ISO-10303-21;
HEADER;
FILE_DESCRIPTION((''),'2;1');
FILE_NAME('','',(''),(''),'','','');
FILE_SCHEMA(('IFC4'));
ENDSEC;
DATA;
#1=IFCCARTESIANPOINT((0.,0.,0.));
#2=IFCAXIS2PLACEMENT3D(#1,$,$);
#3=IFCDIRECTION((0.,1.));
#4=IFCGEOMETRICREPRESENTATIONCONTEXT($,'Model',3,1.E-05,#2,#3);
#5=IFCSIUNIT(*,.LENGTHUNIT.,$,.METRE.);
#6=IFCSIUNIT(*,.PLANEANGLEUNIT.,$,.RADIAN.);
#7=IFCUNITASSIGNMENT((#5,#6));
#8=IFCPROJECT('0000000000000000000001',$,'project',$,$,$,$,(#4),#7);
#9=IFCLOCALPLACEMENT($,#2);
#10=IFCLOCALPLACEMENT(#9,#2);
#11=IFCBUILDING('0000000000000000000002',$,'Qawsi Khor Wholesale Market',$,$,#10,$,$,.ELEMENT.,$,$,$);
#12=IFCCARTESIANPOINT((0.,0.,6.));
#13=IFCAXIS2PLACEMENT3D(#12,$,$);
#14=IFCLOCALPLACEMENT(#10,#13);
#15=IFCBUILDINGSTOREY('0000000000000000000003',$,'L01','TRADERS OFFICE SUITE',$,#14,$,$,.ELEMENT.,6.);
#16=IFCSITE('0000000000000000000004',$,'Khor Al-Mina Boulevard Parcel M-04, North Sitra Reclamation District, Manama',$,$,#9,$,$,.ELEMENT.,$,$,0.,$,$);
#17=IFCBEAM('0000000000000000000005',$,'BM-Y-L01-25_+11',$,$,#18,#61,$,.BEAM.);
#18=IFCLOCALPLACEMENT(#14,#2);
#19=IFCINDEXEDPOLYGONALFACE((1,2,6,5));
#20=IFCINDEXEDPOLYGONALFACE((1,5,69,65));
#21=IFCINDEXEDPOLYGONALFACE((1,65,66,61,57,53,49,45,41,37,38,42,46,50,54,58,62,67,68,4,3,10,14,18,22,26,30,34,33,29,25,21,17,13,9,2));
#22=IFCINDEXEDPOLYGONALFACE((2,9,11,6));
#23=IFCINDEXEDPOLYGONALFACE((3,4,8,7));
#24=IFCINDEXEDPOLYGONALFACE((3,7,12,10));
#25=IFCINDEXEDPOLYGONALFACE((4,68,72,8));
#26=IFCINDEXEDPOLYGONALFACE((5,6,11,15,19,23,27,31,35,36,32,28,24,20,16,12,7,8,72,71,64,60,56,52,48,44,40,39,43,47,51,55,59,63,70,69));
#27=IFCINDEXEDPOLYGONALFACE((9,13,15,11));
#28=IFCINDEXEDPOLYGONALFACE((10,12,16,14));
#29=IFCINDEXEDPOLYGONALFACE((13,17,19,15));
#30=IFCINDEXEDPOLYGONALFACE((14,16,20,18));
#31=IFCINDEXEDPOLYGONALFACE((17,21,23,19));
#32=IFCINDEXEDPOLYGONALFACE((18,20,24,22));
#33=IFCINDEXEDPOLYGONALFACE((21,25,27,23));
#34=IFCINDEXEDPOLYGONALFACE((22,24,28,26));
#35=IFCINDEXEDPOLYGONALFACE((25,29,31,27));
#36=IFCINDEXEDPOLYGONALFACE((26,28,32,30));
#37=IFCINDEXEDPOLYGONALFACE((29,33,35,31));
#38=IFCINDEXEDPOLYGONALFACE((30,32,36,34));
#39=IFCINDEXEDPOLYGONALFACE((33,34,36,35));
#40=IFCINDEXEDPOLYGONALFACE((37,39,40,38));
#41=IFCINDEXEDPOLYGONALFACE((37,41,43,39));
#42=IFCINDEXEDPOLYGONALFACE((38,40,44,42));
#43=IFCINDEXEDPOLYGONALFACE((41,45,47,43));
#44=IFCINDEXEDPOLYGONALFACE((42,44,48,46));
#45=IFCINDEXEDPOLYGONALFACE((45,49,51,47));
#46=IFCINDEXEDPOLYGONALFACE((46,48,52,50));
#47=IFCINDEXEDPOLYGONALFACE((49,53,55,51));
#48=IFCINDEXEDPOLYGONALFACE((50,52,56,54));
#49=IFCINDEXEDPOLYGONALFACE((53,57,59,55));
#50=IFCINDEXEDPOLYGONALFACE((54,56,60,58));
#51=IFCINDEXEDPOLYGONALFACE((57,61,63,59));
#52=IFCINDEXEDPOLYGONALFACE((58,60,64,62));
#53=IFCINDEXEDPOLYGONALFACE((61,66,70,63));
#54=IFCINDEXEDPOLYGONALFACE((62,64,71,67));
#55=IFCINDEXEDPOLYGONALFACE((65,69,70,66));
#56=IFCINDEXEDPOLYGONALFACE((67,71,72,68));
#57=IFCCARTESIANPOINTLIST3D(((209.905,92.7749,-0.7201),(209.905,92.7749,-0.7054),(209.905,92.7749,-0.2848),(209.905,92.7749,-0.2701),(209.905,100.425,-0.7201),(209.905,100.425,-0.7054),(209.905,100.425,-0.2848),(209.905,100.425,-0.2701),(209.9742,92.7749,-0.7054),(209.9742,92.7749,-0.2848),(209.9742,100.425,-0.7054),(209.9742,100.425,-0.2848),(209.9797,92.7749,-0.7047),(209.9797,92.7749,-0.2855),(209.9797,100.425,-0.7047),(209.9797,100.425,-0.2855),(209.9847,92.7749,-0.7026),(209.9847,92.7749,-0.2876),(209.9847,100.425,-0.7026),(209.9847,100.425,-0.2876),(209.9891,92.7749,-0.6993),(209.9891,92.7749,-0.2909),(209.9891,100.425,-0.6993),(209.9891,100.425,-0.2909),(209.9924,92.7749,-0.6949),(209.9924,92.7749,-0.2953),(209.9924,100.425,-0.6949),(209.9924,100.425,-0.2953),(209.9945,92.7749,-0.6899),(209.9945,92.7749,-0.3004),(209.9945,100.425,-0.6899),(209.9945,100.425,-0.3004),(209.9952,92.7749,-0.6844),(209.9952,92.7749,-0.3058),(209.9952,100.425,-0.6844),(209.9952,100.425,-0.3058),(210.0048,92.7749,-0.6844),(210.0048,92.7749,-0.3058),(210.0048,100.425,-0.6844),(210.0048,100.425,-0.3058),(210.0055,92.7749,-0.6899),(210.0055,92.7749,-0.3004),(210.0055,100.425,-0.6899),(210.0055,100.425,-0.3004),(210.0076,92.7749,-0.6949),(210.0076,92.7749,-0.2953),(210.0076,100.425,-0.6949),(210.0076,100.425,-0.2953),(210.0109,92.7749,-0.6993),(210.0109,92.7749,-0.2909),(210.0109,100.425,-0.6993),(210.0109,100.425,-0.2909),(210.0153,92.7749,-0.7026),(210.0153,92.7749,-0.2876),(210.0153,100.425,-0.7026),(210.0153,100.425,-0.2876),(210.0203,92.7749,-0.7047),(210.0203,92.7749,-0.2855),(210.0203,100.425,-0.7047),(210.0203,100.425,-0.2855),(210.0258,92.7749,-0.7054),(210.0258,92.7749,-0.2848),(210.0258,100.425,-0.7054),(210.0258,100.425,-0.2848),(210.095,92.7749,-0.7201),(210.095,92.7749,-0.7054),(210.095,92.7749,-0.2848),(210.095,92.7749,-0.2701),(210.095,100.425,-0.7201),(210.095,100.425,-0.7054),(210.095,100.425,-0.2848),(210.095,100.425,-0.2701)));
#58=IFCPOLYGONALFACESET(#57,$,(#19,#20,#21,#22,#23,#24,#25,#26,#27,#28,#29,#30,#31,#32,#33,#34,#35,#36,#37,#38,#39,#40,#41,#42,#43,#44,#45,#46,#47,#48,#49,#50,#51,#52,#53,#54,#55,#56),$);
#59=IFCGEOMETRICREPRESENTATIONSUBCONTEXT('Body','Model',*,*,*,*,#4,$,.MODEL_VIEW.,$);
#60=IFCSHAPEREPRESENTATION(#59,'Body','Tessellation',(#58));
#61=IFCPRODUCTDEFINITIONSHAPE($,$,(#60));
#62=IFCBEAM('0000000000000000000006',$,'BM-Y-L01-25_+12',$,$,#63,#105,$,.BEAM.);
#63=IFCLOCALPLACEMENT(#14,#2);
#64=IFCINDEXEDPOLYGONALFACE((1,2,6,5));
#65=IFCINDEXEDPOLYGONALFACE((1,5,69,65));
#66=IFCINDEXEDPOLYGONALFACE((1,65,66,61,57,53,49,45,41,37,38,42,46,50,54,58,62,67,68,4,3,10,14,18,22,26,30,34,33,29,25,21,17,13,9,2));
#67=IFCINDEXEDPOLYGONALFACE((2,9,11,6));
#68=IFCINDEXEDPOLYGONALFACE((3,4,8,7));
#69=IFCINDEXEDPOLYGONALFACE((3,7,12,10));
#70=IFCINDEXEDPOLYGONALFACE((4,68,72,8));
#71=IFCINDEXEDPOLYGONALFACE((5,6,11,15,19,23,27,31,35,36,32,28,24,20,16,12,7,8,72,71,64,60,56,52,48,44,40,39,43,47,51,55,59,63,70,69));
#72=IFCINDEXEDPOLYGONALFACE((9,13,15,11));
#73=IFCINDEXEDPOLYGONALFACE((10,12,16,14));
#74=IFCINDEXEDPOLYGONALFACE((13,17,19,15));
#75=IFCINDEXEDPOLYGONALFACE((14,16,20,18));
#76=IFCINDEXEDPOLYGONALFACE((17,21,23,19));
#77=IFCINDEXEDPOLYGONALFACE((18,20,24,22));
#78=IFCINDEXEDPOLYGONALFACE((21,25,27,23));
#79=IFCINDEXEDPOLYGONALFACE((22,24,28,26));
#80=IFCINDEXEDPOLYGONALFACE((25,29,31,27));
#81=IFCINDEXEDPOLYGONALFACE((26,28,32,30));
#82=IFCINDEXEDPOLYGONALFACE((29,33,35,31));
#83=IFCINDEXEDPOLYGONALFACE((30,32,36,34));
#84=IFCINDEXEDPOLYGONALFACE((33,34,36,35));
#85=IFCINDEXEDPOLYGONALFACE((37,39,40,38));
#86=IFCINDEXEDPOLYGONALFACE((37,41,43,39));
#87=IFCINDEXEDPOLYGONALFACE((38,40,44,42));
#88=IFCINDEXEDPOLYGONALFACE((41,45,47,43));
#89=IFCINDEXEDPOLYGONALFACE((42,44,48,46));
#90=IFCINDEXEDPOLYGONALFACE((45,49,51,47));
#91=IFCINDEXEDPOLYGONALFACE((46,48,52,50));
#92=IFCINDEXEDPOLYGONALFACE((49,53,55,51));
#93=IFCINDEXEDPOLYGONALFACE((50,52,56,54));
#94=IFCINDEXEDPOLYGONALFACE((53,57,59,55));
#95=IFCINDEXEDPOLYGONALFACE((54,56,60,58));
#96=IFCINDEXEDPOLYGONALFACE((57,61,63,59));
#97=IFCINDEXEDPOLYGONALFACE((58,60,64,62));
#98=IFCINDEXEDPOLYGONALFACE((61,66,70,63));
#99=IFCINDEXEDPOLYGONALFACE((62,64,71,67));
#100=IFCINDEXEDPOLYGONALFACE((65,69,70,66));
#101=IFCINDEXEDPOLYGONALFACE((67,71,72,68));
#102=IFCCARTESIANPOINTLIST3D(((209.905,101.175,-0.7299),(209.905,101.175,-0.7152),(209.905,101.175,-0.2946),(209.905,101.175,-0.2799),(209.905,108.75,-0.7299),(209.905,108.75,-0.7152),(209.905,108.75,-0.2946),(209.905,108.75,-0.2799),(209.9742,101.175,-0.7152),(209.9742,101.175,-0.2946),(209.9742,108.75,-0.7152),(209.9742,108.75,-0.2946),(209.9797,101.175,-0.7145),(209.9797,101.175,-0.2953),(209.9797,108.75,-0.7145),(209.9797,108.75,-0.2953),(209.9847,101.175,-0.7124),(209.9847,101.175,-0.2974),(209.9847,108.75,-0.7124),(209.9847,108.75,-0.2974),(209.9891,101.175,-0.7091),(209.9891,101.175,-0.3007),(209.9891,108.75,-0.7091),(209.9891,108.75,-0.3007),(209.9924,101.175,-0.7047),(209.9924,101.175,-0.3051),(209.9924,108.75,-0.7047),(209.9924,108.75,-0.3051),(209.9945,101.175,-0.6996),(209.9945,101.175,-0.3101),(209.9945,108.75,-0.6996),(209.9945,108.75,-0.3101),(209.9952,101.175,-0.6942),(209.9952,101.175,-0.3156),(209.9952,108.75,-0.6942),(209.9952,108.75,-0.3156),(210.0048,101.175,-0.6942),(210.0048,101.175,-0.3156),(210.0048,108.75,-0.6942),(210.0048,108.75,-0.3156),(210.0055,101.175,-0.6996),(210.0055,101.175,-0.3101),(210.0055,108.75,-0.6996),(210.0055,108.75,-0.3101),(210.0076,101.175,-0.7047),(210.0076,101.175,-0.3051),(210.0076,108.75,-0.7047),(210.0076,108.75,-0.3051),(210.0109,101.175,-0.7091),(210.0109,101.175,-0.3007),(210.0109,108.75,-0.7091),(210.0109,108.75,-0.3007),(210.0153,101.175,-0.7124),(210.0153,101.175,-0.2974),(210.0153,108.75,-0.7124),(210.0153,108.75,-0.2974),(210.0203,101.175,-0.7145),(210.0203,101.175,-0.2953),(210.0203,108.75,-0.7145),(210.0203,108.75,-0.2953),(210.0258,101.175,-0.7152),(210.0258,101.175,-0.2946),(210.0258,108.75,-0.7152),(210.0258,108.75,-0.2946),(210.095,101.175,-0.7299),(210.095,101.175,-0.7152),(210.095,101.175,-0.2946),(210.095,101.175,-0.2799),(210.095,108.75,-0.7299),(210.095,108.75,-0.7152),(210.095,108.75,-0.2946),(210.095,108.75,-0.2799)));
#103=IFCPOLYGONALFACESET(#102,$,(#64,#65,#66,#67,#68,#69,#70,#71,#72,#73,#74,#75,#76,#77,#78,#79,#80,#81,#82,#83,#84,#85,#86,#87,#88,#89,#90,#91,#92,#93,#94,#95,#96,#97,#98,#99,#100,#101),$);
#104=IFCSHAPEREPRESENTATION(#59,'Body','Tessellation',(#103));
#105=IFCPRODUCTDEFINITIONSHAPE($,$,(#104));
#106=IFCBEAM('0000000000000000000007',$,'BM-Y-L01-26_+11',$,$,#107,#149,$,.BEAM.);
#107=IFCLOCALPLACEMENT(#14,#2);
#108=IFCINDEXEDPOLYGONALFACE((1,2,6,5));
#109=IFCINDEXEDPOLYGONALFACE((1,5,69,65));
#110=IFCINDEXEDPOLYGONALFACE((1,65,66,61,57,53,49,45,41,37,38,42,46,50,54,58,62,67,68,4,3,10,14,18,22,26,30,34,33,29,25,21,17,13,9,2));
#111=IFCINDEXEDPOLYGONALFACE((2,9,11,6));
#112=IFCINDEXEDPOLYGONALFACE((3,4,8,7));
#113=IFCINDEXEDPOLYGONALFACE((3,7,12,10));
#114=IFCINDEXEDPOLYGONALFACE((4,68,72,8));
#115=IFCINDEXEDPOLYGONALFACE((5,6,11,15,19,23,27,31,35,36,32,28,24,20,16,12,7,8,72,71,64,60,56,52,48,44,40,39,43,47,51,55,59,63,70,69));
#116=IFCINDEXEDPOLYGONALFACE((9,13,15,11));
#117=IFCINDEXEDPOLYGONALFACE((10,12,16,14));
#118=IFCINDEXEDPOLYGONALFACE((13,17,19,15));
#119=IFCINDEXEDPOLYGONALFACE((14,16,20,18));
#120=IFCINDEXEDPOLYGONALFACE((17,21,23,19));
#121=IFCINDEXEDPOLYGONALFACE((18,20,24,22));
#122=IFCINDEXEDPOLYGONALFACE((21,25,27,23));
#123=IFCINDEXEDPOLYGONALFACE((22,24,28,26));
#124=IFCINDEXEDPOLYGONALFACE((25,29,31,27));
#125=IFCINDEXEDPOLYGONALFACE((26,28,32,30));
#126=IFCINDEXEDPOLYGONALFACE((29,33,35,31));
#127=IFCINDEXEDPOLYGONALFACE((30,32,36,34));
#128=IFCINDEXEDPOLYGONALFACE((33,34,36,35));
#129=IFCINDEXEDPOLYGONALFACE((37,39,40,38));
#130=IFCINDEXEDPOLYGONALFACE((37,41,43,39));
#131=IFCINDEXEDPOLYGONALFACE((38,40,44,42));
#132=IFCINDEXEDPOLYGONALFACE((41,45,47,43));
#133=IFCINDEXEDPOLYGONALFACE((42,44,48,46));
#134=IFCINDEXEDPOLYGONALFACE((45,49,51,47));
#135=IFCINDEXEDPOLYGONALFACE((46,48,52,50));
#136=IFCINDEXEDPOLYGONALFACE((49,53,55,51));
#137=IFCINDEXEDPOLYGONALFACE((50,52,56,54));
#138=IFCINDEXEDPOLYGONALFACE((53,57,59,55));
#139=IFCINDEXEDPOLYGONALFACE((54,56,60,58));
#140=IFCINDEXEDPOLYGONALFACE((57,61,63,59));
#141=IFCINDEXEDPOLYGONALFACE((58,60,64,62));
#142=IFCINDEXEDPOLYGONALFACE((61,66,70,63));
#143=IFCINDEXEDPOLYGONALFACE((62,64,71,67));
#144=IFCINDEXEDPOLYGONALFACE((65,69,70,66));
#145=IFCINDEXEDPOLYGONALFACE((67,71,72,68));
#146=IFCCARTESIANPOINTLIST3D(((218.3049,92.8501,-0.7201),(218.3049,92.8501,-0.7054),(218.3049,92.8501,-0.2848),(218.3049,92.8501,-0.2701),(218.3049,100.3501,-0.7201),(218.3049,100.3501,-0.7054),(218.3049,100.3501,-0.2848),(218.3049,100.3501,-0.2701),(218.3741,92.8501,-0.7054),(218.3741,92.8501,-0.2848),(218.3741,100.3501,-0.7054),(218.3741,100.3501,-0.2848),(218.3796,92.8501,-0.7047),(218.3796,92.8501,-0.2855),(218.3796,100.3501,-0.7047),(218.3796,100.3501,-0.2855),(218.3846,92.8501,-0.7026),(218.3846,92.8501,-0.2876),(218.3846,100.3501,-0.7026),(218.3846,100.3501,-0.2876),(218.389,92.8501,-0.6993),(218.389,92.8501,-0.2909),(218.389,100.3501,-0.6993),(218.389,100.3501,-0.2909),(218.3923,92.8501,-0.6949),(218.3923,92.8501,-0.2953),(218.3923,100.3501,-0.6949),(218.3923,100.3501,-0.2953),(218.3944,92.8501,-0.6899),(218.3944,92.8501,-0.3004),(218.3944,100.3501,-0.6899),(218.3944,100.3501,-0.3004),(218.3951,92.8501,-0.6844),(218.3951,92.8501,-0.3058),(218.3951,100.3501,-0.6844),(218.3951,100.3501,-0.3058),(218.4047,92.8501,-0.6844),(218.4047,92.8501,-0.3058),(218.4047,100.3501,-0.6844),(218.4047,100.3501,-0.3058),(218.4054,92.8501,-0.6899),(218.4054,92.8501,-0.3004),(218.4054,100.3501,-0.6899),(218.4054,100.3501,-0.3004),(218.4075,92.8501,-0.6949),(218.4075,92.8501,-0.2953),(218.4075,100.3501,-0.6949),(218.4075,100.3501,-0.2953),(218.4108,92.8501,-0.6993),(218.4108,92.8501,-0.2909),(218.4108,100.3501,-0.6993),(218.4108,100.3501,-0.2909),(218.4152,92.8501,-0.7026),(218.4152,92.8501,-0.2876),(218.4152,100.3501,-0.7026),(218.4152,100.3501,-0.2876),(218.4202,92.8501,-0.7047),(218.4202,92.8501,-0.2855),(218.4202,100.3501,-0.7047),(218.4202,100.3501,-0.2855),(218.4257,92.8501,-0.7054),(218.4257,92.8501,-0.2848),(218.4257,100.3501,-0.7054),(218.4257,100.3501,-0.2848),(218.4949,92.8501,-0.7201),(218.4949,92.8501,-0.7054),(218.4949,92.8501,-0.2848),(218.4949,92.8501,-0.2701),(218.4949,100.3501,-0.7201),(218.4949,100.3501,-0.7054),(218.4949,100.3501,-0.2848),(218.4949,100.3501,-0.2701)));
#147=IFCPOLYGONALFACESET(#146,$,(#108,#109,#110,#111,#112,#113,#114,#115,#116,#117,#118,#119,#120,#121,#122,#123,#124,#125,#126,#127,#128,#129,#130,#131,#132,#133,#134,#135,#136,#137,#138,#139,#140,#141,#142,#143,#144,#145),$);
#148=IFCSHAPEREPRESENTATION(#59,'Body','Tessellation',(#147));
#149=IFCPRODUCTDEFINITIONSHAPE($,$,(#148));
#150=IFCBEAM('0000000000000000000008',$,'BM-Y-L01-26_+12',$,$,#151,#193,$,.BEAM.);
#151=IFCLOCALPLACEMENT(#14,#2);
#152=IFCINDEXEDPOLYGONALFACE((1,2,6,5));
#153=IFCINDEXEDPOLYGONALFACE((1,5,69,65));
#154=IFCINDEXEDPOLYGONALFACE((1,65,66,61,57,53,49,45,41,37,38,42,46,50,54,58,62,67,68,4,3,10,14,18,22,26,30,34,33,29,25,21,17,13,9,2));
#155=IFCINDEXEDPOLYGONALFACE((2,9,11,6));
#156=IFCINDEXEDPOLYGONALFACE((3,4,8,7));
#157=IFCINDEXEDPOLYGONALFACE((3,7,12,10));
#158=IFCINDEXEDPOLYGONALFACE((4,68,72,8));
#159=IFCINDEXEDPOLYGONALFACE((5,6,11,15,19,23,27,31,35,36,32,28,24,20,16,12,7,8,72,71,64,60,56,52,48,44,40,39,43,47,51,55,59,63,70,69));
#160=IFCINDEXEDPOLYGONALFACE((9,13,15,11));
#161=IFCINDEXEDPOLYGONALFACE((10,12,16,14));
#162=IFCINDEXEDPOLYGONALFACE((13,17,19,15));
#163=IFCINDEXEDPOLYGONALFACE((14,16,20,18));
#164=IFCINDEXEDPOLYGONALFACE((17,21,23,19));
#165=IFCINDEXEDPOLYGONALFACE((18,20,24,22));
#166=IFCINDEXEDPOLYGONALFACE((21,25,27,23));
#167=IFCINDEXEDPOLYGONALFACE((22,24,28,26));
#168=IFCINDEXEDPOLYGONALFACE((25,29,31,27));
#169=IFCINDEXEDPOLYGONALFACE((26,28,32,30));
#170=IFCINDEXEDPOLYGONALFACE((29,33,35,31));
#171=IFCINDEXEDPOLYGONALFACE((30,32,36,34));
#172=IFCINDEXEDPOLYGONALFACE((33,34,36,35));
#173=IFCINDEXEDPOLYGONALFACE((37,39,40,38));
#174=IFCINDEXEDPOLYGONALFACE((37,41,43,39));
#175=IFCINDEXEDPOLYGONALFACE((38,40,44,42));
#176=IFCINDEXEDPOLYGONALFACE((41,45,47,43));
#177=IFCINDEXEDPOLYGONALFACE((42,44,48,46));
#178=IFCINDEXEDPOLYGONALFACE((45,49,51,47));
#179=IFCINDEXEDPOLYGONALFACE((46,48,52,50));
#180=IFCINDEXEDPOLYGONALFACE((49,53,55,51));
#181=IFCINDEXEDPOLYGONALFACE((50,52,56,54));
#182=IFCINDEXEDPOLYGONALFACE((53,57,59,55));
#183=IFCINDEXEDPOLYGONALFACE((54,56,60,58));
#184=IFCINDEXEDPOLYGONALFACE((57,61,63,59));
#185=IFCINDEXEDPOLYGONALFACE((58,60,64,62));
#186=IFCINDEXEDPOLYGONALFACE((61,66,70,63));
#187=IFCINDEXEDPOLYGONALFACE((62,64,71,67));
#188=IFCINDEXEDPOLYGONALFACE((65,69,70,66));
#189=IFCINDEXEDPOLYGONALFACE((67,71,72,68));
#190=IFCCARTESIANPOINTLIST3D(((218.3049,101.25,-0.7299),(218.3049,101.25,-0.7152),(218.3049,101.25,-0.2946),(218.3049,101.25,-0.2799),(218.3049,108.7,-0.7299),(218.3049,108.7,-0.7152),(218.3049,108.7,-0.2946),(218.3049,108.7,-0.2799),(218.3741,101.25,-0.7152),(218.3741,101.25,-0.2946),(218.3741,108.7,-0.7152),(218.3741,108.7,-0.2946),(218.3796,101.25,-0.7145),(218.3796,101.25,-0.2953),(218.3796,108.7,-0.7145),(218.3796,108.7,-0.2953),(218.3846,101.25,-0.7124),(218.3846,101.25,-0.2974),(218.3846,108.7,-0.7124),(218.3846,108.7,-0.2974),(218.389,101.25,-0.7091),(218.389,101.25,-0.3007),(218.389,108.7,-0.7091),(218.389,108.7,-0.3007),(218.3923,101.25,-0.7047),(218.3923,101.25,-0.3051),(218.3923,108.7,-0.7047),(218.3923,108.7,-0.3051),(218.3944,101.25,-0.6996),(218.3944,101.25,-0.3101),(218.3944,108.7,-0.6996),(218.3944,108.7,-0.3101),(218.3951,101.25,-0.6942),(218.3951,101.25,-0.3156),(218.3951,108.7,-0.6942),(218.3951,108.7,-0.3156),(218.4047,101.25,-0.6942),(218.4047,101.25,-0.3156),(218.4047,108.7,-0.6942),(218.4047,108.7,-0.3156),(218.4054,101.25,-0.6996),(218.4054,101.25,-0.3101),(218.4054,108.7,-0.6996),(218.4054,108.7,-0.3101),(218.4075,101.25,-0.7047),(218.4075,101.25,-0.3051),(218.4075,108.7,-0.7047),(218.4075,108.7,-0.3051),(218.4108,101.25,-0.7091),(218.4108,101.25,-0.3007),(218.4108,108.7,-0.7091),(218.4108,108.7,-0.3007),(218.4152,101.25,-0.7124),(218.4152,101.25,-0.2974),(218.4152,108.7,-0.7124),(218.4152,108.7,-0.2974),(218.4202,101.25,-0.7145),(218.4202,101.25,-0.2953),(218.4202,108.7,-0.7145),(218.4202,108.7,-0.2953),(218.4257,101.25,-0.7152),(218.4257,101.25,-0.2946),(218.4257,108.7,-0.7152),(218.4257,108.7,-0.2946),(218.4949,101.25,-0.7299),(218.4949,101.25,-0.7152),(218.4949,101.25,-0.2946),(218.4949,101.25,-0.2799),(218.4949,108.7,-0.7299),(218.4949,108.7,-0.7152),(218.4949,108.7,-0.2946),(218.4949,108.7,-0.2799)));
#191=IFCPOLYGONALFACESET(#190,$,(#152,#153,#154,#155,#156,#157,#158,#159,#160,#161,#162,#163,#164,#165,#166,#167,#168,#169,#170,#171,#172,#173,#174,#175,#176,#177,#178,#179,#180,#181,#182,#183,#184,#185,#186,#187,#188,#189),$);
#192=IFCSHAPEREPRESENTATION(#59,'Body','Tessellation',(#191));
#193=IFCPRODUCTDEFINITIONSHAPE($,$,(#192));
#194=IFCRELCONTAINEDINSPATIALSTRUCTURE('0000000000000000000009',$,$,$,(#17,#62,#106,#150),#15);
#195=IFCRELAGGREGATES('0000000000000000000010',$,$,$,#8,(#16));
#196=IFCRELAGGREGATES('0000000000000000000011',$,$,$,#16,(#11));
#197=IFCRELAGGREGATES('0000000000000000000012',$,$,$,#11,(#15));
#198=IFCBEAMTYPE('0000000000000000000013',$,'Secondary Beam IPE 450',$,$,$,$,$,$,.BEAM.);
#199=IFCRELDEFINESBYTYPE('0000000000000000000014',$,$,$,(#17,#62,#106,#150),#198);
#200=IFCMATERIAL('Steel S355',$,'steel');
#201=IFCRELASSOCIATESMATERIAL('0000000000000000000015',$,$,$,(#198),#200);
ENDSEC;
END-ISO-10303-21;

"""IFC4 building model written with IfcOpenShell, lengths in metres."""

from ifc_helpers import new_model, si_unit, direction, frame, origin, origin_2d, place, context, subcontext, project, spatial, i_section, extrude, material, material_profile, profile_set, type_object, element, save


model = new_model("IFC4")

# Units and contexts
model_context = context("Model", 3, precision=1e-05, world=origin(), true_north=direction((0.0, 1.0)))
body_context = subcontext(model_context, "Body", "Model", "MODEL_VIEW")
ifc_project = project(units=[si_unit("LENGTHUNIT", "METRE"), si_unit("PLANEANGLEUNIT", "RADIAN")], contexts=[model_context])

# Site, building, storey
site_placement = place(None, origin())
site = spatial("IfcSite", under=ifc_project, at=site_placement, Name="Khor Al-Mina Boulevard Parcel M-04, North Sitra Reclamation District, Manama", CompositionType="ELEMENT", RefElevation=0.0)
building_placement = place(site_placement, origin())
building = spatial("IfcBuilding", under=site, at=building_placement, Name="Qawsi Khor Wholesale Market", CompositionType="ELEMENT")
storey_placement = place(building_placement, frame((0.0, 0.0, 6.0)))
storey = spatial("IfcBuildingStorey", under=building, at=storey_placement, Name="L01", Description="TRADERS OFFICE SUITE", CompositionType="ELEMENT", Elevation=6.0)

# Beams
ifc_material_1 = material(Name="Steel S355", Category="steel")
ifc_material_profile_1 = material_profile(ifc_material_1, i_section(OverallWidth=0.1899, OverallDepth=0.45, WebThickness=0.0095, FlangeThickness=0.0146, FilletRadius=0.021, at=origin_2d()), Name="IPE 450")
ifc_profile_set_1 = profile_set([ifc_material_profile_1], Name="Steel S355")
beam_type_1 = type_object("IfcBeamType", Name="Secondary Beam IPE 450", PredefinedType="BEAM", material=ifc_profile_set_1)
beam_1_placement = place(storey_placement, frame((210.0, 92.7749, -0.4951), z_axis=(0.0, 1.0, 0.0), x_axis=(-1.0, 0.0, 0.0)))
element("IfcBeam", 1, at=beam_1_placement, inside=storey, type_object=beam_type_1, Name="BM-Y-L01-25_+11", PredefinedType="BEAM", context=body_context, shape_type="SweptSolid", body=[
    extrude(i_section(OverallWidth=0.1899, OverallDepth=0.45, WebThickness=0.0095, FlangeThickness=0.0146, FilletRadius=0.021, at=origin_2d()), origin(), (0.0, 0.0, 1.0), 7.6501),
])
beam_2_placement = place(storey_placement, frame((210.0, 101.175, -0.5049), z_axis=(0.0, 1.0, 0.0), x_axis=(-1.0, 0.0, 0.0)))
element("IfcBeam", 2, at=beam_2_placement, inside=storey, type_object=beam_type_1, Name="BM-Y-L01-25_+12", PredefinedType="BEAM", context=body_context, shape_type="SweptSolid", body=[
    extrude(i_section(OverallWidth=0.1899, OverallDepth=0.45, WebThickness=0.0095, FlangeThickness=0.0146, FilletRadius=0.021, at=origin_2d()), origin(), (0.0, 0.0, 1.0), 7.575),
])
beam_3_placement = place(storey_placement, frame((218.3999, 92.8501, -0.4951), z_axis=(0.0, 1.0, 0.0), x_axis=(-1.0, 0.0, 0.0)))
element("IfcBeam", 3, at=beam_3_placement, inside=storey, type_object=beam_type_1, Name="BM-Y-L01-26_+11", PredefinedType="BEAM", context=body_context, shape_type="SweptSolid", body=[
    extrude(i_section(OverallWidth=0.1899, OverallDepth=0.45, WebThickness=0.0095, FlangeThickness=0.0146, FilletRadius=0.021, at=origin_2d()), origin(), (0.0, 0.0, 1.0), 7.5),
])
beam_4_placement = place(storey_placement, frame((218.3999, 101.25, -0.5049), z_axis=(0.0, 1.0, 0.0), x_axis=(-1.0, 0.0, 0.0)))
element("IfcBeam", 4, at=beam_4_placement, inside=storey, type_object=beam_type_1, Name="BM-Y-L01-26_+12", PredefinedType="BEAM", context=body_context, shape_type="SweptSolid", body=[
    extrude(i_section(OverallWidth=0.1899, OverallDepth=0.45, WebThickness=0.0095, FlangeThickness=0.0146, FilletRadius=0.021, at=origin_2d()), origin(), (0.0, 0.0, 1.0), 7.45),
])

save(model, "model.ifc")
